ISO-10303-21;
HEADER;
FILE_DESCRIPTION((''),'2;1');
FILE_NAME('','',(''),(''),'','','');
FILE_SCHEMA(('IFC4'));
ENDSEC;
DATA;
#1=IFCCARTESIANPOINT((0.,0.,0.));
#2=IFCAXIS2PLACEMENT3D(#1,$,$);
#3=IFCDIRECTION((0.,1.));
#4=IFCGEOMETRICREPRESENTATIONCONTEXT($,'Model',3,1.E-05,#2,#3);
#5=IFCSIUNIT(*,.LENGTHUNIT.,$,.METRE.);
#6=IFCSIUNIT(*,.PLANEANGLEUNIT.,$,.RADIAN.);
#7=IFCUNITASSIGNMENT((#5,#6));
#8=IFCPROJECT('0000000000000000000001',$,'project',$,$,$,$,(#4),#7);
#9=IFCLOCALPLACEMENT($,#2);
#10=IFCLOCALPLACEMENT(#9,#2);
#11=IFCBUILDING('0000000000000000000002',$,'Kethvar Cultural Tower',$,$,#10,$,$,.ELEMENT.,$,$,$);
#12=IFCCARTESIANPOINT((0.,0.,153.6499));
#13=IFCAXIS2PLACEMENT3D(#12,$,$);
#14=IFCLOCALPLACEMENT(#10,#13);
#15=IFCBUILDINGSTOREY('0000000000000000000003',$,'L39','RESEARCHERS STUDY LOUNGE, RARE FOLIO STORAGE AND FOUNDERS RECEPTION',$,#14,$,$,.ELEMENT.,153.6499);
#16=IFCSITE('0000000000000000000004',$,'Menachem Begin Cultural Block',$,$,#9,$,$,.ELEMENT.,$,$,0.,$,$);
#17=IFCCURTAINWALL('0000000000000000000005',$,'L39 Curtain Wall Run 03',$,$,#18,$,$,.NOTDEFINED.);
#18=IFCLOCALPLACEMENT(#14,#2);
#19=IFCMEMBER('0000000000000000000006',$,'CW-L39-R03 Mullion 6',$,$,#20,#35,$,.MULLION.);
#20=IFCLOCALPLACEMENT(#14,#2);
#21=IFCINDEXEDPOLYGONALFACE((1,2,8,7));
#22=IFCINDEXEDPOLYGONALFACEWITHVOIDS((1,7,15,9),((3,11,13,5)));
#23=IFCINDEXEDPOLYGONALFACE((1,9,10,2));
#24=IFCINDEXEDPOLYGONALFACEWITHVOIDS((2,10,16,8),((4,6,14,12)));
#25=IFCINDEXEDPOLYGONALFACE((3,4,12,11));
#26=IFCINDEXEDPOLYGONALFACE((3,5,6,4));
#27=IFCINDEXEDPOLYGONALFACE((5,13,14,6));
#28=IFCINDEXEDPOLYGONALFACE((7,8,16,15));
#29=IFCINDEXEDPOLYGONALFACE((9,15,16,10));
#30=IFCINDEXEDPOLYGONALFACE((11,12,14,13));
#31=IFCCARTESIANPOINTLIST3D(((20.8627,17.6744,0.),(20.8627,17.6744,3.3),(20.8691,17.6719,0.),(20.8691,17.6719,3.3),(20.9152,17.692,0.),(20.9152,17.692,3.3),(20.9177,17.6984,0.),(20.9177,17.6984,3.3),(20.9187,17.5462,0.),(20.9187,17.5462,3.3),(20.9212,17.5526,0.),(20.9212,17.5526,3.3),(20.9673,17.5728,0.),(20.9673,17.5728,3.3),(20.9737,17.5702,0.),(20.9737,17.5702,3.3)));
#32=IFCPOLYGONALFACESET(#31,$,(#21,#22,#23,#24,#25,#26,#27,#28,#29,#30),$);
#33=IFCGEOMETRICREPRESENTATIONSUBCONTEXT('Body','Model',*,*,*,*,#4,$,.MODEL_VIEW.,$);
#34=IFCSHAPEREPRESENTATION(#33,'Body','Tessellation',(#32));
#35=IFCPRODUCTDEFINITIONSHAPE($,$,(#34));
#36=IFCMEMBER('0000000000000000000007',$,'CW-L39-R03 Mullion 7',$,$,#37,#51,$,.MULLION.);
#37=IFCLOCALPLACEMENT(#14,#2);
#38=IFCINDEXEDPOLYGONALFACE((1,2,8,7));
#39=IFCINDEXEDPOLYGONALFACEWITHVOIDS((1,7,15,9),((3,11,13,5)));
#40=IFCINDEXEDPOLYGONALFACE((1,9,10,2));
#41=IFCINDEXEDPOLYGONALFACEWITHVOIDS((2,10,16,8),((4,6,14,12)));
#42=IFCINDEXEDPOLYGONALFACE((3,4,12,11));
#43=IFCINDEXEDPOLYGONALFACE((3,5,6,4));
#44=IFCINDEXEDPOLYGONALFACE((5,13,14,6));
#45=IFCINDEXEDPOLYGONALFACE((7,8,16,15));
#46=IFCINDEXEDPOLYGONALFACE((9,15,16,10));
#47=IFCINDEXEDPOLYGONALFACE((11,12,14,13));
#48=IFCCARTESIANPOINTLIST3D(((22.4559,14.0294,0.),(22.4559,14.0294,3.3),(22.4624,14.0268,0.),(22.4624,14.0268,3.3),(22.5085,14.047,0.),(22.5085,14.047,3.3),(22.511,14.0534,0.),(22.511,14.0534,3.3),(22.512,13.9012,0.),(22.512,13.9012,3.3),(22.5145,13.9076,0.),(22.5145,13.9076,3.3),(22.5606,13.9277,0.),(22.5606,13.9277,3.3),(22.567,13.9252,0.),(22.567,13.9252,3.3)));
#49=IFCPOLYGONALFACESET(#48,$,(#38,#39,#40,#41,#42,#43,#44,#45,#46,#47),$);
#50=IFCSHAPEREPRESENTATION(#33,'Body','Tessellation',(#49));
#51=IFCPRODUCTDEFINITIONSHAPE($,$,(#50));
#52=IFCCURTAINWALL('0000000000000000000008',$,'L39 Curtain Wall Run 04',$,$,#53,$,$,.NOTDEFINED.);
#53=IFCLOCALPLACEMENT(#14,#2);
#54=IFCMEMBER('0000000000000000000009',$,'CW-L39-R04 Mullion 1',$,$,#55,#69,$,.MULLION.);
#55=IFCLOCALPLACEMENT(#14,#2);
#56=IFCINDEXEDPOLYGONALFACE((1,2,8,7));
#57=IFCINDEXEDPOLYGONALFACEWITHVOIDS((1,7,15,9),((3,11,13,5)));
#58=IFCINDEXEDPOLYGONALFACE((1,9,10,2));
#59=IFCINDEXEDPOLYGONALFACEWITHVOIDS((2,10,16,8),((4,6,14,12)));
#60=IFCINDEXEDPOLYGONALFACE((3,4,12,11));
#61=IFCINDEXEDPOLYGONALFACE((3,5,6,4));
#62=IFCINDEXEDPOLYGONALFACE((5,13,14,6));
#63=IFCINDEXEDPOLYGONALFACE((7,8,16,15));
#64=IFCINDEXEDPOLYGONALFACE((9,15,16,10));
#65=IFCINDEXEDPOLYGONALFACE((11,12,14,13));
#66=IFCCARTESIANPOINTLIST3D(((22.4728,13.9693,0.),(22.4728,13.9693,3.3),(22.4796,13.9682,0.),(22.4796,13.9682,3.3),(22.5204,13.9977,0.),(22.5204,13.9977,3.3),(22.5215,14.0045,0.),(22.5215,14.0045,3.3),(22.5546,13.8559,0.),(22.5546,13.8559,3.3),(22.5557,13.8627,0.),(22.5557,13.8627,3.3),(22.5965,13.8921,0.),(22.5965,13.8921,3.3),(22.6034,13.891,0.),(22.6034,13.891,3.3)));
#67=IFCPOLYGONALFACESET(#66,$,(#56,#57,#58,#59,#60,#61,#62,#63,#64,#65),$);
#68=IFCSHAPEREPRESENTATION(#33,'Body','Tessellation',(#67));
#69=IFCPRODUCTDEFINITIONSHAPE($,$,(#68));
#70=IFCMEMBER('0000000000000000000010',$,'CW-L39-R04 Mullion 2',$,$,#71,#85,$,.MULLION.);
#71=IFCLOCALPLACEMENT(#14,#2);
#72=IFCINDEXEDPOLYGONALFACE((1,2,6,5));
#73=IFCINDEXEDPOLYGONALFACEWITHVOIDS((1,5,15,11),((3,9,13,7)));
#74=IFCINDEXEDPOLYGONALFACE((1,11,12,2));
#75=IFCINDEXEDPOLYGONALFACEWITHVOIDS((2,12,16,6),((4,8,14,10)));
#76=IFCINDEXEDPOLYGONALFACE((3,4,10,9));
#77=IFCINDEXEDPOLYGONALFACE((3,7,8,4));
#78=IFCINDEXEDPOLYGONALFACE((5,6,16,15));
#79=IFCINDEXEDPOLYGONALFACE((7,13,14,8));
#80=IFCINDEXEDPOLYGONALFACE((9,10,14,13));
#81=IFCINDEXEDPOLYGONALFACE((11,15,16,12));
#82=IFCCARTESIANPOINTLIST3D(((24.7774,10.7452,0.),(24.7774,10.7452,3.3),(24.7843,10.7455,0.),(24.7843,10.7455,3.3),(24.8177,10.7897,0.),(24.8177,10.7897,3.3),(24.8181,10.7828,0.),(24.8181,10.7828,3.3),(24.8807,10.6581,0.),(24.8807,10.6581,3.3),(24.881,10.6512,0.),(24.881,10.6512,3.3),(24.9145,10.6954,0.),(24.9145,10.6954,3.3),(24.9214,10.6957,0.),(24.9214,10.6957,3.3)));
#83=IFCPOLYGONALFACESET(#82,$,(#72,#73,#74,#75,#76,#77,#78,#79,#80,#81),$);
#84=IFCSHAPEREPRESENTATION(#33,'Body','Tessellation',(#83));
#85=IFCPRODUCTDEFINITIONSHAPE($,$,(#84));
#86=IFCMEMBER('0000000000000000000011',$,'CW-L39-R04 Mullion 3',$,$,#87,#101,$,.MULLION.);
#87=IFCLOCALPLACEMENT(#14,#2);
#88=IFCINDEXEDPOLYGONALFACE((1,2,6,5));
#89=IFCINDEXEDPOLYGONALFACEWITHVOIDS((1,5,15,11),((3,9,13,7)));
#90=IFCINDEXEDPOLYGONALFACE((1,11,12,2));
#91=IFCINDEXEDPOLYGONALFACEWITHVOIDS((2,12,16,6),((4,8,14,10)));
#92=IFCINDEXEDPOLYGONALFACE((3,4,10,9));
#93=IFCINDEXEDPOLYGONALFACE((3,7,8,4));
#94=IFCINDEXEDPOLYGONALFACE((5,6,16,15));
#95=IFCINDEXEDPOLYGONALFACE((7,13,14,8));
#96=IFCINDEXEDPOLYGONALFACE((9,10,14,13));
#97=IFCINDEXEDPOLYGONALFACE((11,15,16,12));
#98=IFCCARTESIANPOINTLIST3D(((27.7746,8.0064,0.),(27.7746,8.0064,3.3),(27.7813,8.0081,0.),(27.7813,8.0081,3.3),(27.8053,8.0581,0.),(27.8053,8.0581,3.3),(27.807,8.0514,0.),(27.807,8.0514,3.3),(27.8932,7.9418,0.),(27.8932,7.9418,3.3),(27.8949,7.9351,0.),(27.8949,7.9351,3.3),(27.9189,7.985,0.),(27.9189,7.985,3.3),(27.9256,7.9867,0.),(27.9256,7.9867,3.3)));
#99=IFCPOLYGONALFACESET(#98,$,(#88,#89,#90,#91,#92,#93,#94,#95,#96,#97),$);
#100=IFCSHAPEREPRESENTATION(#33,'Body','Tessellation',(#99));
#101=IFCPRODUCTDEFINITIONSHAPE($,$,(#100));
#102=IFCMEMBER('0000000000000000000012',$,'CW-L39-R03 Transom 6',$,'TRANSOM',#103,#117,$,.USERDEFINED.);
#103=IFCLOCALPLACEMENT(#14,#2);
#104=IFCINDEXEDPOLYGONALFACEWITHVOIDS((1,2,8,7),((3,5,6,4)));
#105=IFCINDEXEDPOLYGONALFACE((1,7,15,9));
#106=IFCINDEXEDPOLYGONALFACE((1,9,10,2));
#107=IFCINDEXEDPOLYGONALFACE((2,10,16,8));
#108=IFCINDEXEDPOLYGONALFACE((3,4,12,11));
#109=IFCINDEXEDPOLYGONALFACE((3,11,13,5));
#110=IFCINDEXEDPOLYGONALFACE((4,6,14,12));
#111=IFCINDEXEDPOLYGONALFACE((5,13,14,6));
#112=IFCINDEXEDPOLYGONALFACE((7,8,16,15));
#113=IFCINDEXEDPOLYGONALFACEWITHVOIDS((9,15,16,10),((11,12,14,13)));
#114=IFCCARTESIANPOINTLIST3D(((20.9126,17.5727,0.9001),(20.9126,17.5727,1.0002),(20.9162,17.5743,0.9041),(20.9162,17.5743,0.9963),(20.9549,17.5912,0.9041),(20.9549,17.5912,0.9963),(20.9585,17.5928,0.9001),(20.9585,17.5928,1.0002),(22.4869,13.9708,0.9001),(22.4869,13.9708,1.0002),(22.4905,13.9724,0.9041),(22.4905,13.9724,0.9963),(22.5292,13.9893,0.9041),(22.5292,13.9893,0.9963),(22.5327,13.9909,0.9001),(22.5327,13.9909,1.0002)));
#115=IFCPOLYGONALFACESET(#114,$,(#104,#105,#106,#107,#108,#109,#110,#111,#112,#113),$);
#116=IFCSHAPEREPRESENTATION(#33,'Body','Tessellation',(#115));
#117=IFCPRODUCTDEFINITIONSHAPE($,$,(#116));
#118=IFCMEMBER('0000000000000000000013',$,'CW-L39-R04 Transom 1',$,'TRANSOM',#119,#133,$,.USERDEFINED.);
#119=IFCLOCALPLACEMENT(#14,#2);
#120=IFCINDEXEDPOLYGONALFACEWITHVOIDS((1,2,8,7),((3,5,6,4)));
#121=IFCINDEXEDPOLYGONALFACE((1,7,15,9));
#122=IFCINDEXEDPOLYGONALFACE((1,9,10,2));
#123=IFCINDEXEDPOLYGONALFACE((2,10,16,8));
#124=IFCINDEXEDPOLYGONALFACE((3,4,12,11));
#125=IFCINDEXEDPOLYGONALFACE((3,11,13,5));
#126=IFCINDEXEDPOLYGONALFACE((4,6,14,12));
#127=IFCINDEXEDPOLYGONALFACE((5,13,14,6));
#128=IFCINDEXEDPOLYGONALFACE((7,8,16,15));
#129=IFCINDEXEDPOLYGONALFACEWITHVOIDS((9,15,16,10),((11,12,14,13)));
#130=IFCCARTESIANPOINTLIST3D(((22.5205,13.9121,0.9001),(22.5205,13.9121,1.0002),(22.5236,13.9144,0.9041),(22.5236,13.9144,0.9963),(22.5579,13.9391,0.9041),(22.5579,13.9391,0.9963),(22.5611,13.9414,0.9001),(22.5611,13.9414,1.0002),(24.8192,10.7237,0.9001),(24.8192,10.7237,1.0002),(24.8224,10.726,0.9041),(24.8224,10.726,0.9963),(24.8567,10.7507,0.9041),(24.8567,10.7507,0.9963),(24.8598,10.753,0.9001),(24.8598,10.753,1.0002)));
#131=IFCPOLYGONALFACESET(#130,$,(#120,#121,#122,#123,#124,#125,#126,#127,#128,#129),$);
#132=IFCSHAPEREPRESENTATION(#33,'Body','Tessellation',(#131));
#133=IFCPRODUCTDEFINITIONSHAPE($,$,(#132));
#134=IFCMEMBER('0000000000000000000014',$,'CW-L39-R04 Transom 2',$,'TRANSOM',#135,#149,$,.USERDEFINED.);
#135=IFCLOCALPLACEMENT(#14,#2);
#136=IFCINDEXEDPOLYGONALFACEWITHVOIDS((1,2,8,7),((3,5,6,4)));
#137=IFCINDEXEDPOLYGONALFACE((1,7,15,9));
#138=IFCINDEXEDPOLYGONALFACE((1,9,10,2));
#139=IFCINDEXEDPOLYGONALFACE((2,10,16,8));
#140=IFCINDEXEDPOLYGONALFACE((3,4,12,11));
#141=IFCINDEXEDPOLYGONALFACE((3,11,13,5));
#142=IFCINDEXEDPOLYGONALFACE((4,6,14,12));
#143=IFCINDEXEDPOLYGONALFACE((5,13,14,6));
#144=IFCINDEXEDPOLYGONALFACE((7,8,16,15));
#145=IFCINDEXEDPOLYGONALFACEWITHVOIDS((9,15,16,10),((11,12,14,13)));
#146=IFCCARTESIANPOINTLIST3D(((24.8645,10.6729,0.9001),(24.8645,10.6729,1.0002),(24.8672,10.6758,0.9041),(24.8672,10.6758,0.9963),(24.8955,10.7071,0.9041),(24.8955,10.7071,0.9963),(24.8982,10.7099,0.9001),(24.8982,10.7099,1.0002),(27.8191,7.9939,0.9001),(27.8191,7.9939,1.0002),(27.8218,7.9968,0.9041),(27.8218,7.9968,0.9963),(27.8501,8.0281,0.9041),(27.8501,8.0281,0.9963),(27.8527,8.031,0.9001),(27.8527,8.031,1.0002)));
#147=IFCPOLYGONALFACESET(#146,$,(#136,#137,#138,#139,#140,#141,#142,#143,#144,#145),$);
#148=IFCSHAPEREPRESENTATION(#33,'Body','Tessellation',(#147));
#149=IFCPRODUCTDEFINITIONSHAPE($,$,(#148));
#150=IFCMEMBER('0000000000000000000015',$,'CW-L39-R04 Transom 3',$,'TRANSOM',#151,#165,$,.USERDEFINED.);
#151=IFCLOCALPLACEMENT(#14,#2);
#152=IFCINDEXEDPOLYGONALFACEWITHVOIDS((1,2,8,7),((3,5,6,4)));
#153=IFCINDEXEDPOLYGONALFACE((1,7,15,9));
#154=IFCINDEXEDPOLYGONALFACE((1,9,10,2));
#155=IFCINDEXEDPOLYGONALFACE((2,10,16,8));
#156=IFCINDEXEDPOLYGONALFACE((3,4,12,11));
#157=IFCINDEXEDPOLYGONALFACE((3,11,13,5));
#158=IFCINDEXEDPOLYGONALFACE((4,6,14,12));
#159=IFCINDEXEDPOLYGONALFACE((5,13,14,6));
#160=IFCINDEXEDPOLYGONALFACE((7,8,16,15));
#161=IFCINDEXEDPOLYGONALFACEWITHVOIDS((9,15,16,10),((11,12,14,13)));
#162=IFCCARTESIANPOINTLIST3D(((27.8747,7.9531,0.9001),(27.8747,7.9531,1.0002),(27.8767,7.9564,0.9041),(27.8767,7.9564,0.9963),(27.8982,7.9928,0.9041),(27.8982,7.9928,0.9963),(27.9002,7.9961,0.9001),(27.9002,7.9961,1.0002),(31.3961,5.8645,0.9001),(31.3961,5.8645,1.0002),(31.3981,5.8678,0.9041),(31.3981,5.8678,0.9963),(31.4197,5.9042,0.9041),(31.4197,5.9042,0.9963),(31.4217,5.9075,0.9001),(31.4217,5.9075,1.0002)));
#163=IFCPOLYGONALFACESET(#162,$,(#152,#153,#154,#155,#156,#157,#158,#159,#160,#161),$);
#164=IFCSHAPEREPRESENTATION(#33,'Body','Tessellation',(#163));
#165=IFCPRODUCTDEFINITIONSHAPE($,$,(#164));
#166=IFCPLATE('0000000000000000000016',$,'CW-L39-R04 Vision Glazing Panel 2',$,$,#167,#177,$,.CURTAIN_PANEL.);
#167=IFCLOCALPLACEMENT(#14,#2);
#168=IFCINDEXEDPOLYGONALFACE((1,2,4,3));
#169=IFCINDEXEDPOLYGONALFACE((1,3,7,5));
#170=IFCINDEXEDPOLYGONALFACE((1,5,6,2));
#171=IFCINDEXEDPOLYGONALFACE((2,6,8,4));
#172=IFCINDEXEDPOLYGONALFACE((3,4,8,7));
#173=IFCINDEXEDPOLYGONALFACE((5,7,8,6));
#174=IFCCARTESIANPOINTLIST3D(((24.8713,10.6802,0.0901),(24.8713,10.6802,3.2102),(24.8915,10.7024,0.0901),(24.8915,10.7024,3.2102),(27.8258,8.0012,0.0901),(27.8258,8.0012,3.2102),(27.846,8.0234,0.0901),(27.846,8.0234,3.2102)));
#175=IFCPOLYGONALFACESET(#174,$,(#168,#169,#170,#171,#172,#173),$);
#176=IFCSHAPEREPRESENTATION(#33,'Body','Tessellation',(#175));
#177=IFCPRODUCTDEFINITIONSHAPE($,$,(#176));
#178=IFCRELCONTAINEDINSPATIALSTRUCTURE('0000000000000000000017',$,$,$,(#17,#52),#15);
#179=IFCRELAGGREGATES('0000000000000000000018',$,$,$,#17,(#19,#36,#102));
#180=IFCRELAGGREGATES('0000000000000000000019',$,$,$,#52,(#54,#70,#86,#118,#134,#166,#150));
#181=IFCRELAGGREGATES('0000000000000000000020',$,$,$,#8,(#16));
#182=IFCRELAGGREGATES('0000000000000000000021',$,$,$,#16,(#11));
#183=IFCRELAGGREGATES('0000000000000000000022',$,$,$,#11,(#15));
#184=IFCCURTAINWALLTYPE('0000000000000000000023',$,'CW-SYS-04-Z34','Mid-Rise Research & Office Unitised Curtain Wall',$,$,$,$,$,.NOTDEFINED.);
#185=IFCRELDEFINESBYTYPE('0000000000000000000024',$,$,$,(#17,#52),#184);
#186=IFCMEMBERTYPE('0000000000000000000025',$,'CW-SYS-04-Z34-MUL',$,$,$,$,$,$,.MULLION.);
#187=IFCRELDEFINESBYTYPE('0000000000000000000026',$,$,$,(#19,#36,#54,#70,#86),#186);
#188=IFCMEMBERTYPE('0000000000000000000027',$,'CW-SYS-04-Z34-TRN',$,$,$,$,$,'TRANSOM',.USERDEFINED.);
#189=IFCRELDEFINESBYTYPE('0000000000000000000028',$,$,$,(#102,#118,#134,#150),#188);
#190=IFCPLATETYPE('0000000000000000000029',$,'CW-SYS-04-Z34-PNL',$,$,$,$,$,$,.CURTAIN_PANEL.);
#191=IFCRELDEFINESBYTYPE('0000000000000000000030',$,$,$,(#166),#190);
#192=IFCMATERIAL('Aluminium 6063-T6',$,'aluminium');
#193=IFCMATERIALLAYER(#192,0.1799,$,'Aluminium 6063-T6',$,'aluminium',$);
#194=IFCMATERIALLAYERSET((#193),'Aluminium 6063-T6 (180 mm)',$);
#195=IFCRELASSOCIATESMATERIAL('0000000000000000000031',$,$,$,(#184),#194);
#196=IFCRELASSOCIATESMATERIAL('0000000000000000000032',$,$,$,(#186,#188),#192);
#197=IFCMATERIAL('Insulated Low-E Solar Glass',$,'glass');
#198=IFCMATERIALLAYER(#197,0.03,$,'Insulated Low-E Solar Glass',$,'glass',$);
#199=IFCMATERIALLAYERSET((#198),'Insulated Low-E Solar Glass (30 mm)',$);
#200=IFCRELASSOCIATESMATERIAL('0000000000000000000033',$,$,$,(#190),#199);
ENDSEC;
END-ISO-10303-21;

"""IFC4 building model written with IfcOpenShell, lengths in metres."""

from ifc_helpers import new_model, si_unit, direction, frame, origin, origin_2d, place, context, subcontext, project, spatial, rectangle, hollow_rectangle, extrude, source, transform, mapped, material, layer, layer_set, material_profile, profile_set, type_object, element, aggregate, save


model = new_model("IFC4")

# Units and contexts
model_context = context("Model", 3, precision=1e-05, world=origin(), true_north=direction((0.0, 1.0)))
body_context = subcontext(model_context, "Body", "Model", "MODEL_VIEW")
ifc_project = project(units=[si_unit("LENGTHUNIT", "METRE"), si_unit("PLANEANGLEUNIT", "RADIAN")], contexts=[model_context])

# Site, building, storey
site_placement = place(None, origin())
site = spatial("IfcSite", under=ifc_project, at=site_placement, Name="Menachem Begin Cultural Block", CompositionType="ELEMENT", RefElevation=0.0)
building_placement = place(site_placement, origin())
building = spatial("IfcBuilding", under=site, at=building_placement, Name="Kethvar Cultural Tower", CompositionType="ELEMENT")
storey_placement = place(building_placement, frame((0.0, 0.0, 153.6499)))
storey = spatial("IfcBuildingStorey", under=building, at=storey_placement, Name="L39", Description="RESEARCHERS STUDY LOUNGE, RARE FOLIO STORAGE AND FOUNDERS RECEPTION", CompositionType="ELEMENT", Elevation=153.6499)

# Curtain walls, members
ifc_material_1 = material(Name="Aluminium 6063-T6", Category="aluminium")
ifc_layer_1 = layer(ifc_material_1, 0.1799, Name="Aluminium 6063-T6", Category="aluminium")
ifc_layer_set_1 = layer_set([ifc_layer_1], Name="Aluminium 6063-T6 (180 mm)")
curtain_wall_type = type_object("IfcCurtainWallType", Name="CW-SYS-04-Z34", Description="Mid-Rise Research & Office Unitised Curtain Wall", PredefinedType="NOTDEFINED", material=ifc_layer_set_1)
curtain_wall_1_placement = place(storey_placement, origin())
curtain_wall_1 = element("IfcCurtainWall", 1, at=curtain_wall_1_placement, inside=storey, type_object=curtain_wall_type, Name="L39 Curtain Wall Run 03", PredefinedType="NOTDEFINED")
ifc_material_profile_1 = material_profile(ifc_material_1, hollow_rectangle(XDim=0.0601, YDim=0.1399, WallThickness=0.0049, at=origin_2d()), Name="Aluminium 6063-T6 — RHS140x60x5")
ifc_profile_set_1 = profile_set([ifc_material_profile_1], Name="Aluminium 6063-T6 — RHS140x60x5")
member_type_1 = type_object("IfcMemberType", Name="CW-SYS-04-Z34-MUL", PredefinedType="MULLION", material=ifc_profile_set_1)
shared_shape_1 = source(origin(), body_context, "Body", "SweptSolid", [
    extrude(hollow_rectangle(XDim=0.0601, YDim=0.1399, WallThickness=0.0049, at=origin_2d()), origin(), (0.0, 0.0, 1.0), 3.3),
])
member_1_placement = place(storey_placement, frame((20.9182, 17.6223, 0.0), z_axis=(0.0, 0.0, 1.0), x_axis=(0.9163, 0.400493, 0.0)))
member_1 = element("IfcMember", 2, at=member_1_placement, type_object=member_type_1, Name="CW-L39-R03 Mullion 6", PredefinedType="MULLION", context=body_context, shape_type="MappedRepresentation", body=[
    mapped(shared_shape_1, transform((0.0, 0.0, 0.0), scale=1.0)),
])
member_2_placement = place(storey_placement, frame((22.5115, 13.9773, 0.0), z_axis=(0.0, 0.0, 1.0), x_axis=(0.9163, 0.400493, 0.0)))
member_2 = element("IfcMember", 3, at=member_2_placement, type_object=member_type_1, Name="CW-L39-R03 Mullion 7", PredefinedType="MULLION", context=body_context, shape_type="MappedRepresentation", body=[
    mapped(shared_shape_1, transform((0.0, 0.0, 0.0), scale=1.0)),
])
curtain_wall_2_placement = place(storey_placement, origin())
curtain_wall_2 = element("IfcCurtainWall", 4, at=curtain_wall_2_placement, inside=storey, type_object=curtain_wall_type, Name="L39 Curtain Wall Run 04", PredefinedType="NOTDEFINED")
member_3_placement = place(storey_placement, frame((22.5381, 13.9302, 0.0), z_axis=(0.0, 0.0, 1.0), x_axis=(0.811145, 0.584844, 0.0)))
member_3 = element("IfcMember", 5, at=member_3_placement, type_object=member_type_1, Name="CW-L39-R04 Mullion 1", PredefinedType="MULLION", context=body_context, shape_type="MappedRepresentation", body=[
    mapped(shared_shape_1, transform((0.0, 0.0, 0.0), scale=1.0)),
])
member_4_placement = place(storey_placement, frame((24.8494, 10.7205, 0.0), z_axis=(0.0, 0.0, 1.0), x_axis=(0.671721, 0.740805, 0.0)))
member_4 = element("IfcMember", 6, at=member_4_placement, type_object=member_type_1, Name="CW-L39-R04 Mullion 2", PredefinedType="MULLION", context=body_context, shape_type="MappedRepresentation", body=[
    mapped(shared_shape_1, transform((0.0, 0.0, 0.0), scale=1.0)),
])
member_5_placement = place(storey_placement, frame((27.8501, 7.9966, 0.0), z_axis=(0.0, 0.0, 1.0), x_axis=(0.510063, 0.860137, 0.0)))
member_5 = element("IfcMember", 7, at=member_5_placement, type_object=member_type_1, Name="CW-L39-R04 Mullion 3", PredefinedType="MULLION", context=body_context, shape_type="MappedRepresentation", body=[
    mapped(shared_shape_1, transform((0.0, 0.0, 0.0), scale=1.0)),
])

# Members
ifc_material_profile_2 = material_profile(ifc_material_1, hollow_rectangle(XDim=0.05, YDim=0.1001, WallThickness=0.0039, at=origin_2d()), Name="Aluminium 6063-T6 — RHS100x50x4")
ifc_profile_set_2 = profile_set([ifc_material_profile_2], Name="Aluminium 6063-T6 — RHS100x50x4")
member_type_2 = type_object("IfcMemberType", Name="CW-SYS-04-Z34-TRN", ElementType="TRANSOM", PredefinedType="USERDEFINED", material=ifc_profile_set_2)
shared_shape_2 = source(origin(), body_context, "Body", "SweptSolid", [
    extrude(hollow_rectangle(XDim=0.05, YDim=0.1001, WallThickness=0.0039, at=origin_2d()), origin(), (0.0, 0.0, 1.0), 3.9309),
])
member_6_placement = place(storey_placement, frame((20.9355, 17.5828, 0.9502), z_axis=(0.400483, -0.916304, 0.0), x_axis=(0.916304, 0.400483, 0.0)))
member_6 = element("IfcMember", 8, at=member_6_placement, type_object=member_type_2, Name="CW-L39-R03 Transom 6", ObjectType="TRANSOM", PredefinedType="USERDEFINED", context=body_context, shape_type="MappedRepresentation", body=[
    mapped(shared_shape_2, transform((0.0, 0.0, 0.0), scale=1.0)),
])
shared_shape_3 = source(origin(), body_context, "Body", "SweptSolid", [
    extrude(hollow_rectangle(XDim=0.05, YDim=0.1001, WallThickness=0.0039, at=origin_2d()), origin(), (0.0, 0.0, 1.0), 3.9307),
])
member_7_placement = place(storey_placement, frame((22.5408, 13.9268, 0.9502), z_axis=(0.584828, -0.811157, 0.0), x_axis=(0.811157, 0.584828, 0.0)))
member_7 = element("IfcMember", 9, at=member_7_placement, type_object=member_type_2, Name="CW-L39-R04 Transom 1", ObjectType="TRANSOM", PredefinedType="USERDEFINED", context=body_context, shape_type="MappedRepresentation", body=[
    mapped(shared_shape_3, transform((0.0, 0.0, 0.0), scale=1.0)),
])
shared_shape_4 = source(origin(), body_context, "Body", "SweptSolid", [
    extrude(hollow_rectangle(XDim=0.05, YDim=0.1001, WallThickness=0.0039, at=origin_2d()), origin(), (0.0, 0.0, 1.0), 3.9883),
])
member_8_placement = place(storey_placement, frame((24.8813, 10.6914, 0.9502), z_axis=(0.740817, -0.671706, 0.0), x_axis=(0.671706, 0.740817, 0.0)))
member_8 = element("IfcMember", 10, at=member_8_placement, type_object=member_type_2, Name="CW-L39-R04 Transom 2", ObjectType="TRANSOM", PredefinedType="USERDEFINED", context=body_context, shape_type="MappedRepresentation", body=[
    mapped(shared_shape_4, transform((0.0, 0.0, 0.0), scale=1.0)),
])
shared_shape_5 = source(origin(), body_context, "Body", "SweptSolid", [
    extrude(hollow_rectangle(XDim=0.05, YDim=0.1001, WallThickness=0.0039, at=origin_2d()), origin(), (0.0, 0.0, 1.0), 4.0942),
])
member_9_placement = place(storey_placement, frame((27.8875, 7.9746, 0.9502), z_axis=(0.860097, -0.510131, 0.0), x_axis=(0.510131, 0.860097, 0.0)))
member_9 = element("IfcMember", 11, at=member_9_placement, type_object=member_type_2, Name="CW-L39-R04 Transom 3", ObjectType="TRANSOM", PredefinedType="USERDEFINED", context=body_context, shape_type="MappedRepresentation", body=[
    mapped(shared_shape_5, transform((0.0, 0.0, 0.0), scale=1.0)),
])

# Plate
ifc_material_2 = material(Name="Insulated Low-E Solar Glass", Category="glass")
ifc_layer_2 = layer(ifc_material_2, 0.03, Name="Insulated Low-E Solar Glass", Category="glass")
ifc_layer_set_2 = layer_set([ifc_layer_2], Name="Insulated Low-E Solar Glass (30 mm)")
plate_type = type_object("IfcPlateType", Name="CW-SYS-04-Z34-PNL", PredefinedType="CURTAIN_PANEL", material=ifc_layer_set_2)
shared_shape_6 = source(origin(), body_context, "Body", "SweptSolid", [
    extrude(rectangle(XDim=3.9883, YDim=0.03, at=origin_2d()), origin(), (0.0, 0.0, 1.0), 3.1201),
])
plate_1_placement = place(storey_placement, frame((26.3586, 9.3518, 0.0901), z_axis=(0.0, 0.0, 1.0), x_axis=(0.740805, -0.671721, 0.0)))
plate_1 = element("IfcPlate", 12, at=plate_1_placement, type_object=plate_type, Name="CW-L39-R04 Vision Glazing Panel 2", PredefinedType="CURTAIN_PANEL", context=body_context, shape_type="MappedRepresentation", body=[
    mapped(shared_shape_6, transform((0.0, 0.0, 0.0), scale=1.0)),
])
aggregate(curtain_wall_1, [member_1, member_2, member_6])
aggregate(curtain_wall_2, [member_3, member_4, member_5, member_7, member_8, plate_1, member_9])

save(model, "model.ifc")
